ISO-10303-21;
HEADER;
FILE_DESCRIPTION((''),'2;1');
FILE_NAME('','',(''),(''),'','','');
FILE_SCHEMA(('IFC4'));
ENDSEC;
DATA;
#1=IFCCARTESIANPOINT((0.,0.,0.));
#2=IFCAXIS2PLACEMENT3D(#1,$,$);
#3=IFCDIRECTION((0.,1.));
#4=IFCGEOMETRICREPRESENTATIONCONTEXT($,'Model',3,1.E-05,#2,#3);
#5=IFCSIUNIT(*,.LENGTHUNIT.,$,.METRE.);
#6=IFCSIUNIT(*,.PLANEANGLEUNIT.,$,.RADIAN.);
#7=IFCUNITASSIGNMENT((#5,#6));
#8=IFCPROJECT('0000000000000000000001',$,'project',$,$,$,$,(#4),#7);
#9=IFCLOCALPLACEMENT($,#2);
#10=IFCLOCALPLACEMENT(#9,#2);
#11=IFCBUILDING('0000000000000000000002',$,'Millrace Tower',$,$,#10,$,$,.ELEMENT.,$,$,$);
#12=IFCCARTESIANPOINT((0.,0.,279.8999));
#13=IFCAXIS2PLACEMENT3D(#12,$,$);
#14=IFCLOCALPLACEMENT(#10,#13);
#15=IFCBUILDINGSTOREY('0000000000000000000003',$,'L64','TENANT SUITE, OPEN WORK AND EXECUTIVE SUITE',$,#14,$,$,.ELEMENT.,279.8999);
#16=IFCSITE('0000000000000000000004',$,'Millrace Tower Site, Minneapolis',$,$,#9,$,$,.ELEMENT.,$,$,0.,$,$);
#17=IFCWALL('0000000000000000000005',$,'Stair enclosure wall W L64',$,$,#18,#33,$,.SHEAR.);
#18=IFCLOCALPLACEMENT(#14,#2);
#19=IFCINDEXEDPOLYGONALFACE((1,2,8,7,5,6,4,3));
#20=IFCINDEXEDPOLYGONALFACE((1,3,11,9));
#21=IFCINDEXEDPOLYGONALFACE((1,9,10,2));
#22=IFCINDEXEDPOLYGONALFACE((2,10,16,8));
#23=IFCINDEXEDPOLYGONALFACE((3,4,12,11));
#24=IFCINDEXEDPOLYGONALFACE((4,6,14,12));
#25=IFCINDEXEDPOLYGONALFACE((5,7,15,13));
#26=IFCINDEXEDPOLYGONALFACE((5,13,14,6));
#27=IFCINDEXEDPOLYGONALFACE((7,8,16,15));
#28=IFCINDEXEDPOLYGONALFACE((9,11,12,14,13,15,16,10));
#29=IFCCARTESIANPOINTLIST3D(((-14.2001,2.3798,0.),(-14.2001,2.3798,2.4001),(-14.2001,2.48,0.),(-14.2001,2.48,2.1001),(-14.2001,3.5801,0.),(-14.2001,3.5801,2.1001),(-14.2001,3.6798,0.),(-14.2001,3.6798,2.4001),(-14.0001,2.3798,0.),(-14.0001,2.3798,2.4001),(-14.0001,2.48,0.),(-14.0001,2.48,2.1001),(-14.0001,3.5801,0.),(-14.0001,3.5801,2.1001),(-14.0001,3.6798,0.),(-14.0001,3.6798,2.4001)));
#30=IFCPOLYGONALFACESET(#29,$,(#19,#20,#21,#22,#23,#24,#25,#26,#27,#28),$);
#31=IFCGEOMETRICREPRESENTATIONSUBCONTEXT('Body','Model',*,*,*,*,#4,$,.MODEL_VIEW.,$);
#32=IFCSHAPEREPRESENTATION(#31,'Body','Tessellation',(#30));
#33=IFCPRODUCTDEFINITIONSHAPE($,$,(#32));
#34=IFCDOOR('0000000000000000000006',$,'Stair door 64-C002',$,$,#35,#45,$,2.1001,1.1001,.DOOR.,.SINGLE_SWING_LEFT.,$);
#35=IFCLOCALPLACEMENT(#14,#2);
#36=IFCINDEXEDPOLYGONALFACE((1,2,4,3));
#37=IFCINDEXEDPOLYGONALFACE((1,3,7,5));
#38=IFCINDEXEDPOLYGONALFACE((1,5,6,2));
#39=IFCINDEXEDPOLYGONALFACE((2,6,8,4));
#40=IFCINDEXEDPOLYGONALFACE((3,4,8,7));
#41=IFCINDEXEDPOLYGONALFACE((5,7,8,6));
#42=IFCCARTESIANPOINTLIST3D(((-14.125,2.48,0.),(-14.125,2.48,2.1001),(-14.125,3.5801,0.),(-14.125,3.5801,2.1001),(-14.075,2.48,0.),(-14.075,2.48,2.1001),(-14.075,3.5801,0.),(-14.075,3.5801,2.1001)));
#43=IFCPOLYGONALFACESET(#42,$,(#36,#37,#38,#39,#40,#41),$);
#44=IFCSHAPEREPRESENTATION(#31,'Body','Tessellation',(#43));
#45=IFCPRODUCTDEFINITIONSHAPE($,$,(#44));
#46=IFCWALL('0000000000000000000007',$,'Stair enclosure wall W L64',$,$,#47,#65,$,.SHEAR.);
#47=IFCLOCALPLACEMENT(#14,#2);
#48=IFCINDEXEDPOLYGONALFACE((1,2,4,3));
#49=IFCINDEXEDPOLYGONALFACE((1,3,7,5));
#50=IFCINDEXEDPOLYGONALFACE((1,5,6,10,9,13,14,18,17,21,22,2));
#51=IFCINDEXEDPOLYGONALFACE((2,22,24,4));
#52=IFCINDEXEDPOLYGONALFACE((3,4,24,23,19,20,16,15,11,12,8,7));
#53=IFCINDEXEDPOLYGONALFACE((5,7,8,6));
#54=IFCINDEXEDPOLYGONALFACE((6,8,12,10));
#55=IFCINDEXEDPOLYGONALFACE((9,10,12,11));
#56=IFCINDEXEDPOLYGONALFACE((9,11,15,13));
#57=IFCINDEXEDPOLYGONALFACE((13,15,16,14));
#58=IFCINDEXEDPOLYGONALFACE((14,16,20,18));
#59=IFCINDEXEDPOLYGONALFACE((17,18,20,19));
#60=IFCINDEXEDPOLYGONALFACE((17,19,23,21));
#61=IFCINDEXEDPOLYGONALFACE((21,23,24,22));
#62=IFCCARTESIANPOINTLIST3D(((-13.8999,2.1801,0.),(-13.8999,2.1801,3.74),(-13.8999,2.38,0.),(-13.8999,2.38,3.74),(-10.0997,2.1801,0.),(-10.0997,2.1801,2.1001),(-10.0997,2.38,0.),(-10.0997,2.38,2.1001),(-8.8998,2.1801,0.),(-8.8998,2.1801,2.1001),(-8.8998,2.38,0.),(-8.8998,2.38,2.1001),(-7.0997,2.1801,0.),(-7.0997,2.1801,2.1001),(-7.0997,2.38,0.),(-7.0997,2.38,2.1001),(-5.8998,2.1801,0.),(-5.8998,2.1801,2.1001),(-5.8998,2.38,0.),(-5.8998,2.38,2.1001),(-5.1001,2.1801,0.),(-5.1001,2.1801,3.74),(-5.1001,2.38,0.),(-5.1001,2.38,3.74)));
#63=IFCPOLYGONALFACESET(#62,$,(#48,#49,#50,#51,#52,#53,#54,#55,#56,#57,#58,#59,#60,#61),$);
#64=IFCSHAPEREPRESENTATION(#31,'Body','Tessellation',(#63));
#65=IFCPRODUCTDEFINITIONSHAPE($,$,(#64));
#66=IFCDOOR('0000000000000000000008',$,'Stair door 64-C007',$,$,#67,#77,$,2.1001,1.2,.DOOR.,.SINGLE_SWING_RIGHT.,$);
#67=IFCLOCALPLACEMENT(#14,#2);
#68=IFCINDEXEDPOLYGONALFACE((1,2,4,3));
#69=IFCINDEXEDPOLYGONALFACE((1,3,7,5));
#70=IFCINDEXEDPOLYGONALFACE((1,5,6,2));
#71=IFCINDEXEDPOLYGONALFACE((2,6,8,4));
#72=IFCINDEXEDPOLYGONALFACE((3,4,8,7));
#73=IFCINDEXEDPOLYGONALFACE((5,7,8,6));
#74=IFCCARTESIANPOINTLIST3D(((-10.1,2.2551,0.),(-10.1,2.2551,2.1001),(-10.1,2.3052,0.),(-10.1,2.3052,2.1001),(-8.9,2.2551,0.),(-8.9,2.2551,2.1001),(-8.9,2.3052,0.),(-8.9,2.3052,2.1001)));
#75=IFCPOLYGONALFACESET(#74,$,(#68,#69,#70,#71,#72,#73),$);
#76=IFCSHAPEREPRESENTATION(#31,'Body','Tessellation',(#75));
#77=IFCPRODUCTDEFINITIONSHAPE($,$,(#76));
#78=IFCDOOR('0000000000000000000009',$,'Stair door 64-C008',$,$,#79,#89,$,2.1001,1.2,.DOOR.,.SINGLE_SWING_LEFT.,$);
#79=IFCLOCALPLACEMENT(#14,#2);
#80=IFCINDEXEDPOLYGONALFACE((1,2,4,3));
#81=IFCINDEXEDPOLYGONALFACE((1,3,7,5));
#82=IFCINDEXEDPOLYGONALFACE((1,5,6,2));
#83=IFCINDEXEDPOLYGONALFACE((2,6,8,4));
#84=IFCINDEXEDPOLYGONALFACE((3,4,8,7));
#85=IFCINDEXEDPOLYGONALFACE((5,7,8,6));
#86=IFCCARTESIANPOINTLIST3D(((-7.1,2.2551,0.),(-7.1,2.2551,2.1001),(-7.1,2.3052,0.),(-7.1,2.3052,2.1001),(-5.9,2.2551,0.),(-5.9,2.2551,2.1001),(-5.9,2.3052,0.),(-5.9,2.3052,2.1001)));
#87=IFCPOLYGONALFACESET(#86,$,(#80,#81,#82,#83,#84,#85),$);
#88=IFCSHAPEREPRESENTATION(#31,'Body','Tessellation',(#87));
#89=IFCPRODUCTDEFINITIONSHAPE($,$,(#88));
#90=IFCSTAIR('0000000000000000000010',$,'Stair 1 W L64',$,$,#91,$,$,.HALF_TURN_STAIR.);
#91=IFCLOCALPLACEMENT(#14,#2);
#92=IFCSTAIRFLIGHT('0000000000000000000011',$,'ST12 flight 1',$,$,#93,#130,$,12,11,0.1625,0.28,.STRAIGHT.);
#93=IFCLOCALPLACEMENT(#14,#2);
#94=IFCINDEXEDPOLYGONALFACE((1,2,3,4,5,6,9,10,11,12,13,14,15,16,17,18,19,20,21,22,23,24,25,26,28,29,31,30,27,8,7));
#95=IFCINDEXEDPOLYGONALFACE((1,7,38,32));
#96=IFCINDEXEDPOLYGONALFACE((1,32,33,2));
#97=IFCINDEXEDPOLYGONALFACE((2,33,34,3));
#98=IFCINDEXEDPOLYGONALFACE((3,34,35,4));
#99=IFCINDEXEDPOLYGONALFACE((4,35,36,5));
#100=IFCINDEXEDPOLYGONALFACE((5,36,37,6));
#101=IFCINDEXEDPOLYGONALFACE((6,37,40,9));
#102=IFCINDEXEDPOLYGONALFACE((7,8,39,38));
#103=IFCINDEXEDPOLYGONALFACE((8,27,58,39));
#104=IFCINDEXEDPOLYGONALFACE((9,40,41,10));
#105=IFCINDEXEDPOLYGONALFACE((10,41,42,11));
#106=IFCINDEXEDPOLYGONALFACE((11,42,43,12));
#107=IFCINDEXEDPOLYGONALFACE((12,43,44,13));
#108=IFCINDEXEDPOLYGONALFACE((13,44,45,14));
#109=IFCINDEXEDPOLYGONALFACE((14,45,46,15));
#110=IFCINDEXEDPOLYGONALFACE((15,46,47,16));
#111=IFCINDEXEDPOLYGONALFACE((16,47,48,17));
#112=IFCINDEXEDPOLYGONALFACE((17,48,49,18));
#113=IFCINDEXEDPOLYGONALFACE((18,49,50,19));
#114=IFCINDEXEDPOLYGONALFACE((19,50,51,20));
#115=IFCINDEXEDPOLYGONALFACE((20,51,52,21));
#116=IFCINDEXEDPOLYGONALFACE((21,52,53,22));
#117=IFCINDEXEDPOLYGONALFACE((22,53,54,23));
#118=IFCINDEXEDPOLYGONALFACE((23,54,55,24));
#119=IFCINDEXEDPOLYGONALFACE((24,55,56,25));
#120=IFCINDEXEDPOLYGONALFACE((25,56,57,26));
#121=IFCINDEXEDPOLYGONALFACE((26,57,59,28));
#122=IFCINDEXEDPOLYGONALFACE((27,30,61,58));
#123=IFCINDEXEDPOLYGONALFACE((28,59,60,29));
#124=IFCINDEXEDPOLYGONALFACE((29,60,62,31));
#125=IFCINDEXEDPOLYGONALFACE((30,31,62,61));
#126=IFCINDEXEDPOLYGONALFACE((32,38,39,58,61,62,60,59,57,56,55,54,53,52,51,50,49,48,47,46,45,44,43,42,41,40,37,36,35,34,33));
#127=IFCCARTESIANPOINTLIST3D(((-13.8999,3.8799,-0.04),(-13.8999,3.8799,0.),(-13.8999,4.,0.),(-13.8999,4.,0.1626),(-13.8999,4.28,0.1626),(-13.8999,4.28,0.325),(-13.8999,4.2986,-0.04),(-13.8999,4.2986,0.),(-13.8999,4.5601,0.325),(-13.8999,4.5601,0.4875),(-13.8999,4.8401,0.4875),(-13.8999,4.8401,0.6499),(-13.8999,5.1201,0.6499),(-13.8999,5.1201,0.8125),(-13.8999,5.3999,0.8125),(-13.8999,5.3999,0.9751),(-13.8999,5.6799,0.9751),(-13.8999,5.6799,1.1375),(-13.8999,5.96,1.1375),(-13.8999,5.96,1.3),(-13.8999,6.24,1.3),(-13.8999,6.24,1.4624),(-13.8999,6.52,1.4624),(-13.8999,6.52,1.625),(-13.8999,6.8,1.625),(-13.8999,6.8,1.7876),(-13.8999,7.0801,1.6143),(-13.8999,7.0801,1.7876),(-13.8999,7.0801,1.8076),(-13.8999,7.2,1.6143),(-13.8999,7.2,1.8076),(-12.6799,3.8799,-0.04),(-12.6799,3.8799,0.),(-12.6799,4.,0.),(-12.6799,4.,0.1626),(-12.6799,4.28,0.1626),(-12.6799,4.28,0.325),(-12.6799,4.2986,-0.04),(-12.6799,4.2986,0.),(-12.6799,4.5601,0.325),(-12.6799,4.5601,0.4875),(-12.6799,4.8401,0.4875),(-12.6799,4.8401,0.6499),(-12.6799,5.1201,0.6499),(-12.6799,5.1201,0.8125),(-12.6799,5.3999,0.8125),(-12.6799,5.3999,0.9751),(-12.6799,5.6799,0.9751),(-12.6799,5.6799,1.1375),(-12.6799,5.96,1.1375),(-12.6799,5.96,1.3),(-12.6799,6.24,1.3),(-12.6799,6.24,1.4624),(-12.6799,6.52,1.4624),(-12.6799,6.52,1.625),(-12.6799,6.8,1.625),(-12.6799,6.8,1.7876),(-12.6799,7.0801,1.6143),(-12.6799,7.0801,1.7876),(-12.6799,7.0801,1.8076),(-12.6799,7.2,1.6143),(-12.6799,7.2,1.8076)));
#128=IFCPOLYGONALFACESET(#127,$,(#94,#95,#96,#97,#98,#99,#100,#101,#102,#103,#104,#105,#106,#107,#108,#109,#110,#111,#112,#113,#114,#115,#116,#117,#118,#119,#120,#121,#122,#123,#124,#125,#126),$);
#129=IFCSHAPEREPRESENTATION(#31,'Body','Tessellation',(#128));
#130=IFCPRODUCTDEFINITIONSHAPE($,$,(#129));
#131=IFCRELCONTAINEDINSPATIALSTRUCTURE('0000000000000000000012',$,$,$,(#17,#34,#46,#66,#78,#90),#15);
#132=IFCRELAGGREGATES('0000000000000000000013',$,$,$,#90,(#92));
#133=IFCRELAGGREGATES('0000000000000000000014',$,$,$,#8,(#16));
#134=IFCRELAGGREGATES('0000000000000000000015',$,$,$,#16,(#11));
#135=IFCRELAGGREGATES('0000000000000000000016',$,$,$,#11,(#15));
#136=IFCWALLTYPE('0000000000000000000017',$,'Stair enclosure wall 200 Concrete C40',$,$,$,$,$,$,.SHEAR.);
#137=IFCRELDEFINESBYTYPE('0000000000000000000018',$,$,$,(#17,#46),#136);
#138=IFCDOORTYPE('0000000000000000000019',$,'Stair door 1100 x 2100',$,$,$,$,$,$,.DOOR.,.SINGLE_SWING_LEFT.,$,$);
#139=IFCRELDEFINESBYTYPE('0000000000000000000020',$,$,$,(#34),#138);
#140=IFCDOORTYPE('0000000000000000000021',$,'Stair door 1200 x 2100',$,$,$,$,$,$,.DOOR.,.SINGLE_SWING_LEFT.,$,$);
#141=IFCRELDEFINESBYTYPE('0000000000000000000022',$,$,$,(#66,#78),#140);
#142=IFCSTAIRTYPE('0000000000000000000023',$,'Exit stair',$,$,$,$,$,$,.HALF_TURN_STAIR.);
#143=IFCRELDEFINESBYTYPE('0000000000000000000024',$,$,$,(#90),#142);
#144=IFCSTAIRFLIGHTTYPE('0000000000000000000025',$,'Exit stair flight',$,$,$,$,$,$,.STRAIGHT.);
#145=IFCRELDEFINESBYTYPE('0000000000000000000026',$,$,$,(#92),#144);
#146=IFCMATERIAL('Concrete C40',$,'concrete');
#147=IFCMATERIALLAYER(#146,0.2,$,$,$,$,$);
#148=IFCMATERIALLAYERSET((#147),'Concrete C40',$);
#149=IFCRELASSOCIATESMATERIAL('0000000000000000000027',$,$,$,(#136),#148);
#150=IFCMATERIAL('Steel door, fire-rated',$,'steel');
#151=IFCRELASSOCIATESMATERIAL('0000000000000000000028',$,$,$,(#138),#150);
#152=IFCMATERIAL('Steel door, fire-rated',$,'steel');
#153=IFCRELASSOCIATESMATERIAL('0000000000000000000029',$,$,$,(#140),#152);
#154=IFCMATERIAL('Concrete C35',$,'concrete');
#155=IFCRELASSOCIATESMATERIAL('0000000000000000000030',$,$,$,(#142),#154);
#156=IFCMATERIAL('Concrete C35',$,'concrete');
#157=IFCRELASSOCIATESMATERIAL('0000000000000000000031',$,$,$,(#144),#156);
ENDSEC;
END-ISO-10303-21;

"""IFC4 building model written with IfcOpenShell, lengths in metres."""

from ifc_helpers import new_model, si_unit, direction, frame, frame_2d, origin, place, context, subcontext, project, spatial, polyline, rectangle, outline, extrude, material, layer, layer_set, type_object, element, fill, aggregate, save


model = new_model("IFC4")

# Units and contexts
model_context = context("Model", 3, precision=1e-05, world=origin(), true_north=direction((0.0, 1.0)))
body_context = subcontext(model_context, "Body", "Model", "MODEL_VIEW")
ifc_project = project(units=[si_unit("LENGTHUNIT", "METRE"), si_unit("PLANEANGLEUNIT", "RADIAN")], contexts=[model_context])

# Site, building, storey
site_placement = place(None, origin())
site = spatial("IfcSite", under=ifc_project, at=site_placement, Name="Millrace Tower Site, Minneapolis", CompositionType="ELEMENT", RefElevation=0.0)
building_placement = place(site_placement, origin())
building = spatial("IfcBuilding", under=site, at=building_placement, Name="Millrace Tower", CompositionType="ELEMENT")
storey_placement = place(building_placement, frame((0.0, 0.0, 279.8999)))
storey = spatial("IfcBuildingStorey", under=building, at=storey_placement, Name="L64", Description="TENANT SUITE, OPEN WORK AND EXECUTIVE SUITE", CompositionType="ELEMENT", Elevation=279.8999)

# Shared definitions
placement = place(storey_placement, origin())

# Wall, opening, door
ifc_material_1 = material(Name="Concrete C40", Category="concrete")
ifc_layer_1 = layer(ifc_material_1, 0.2)
ifc_layer_set_1 = layer_set([ifc_layer_1], Name="Concrete C40")
wall_type_1 = type_object("IfcWallType", Name="Stair enclosure wall 200 Concrete C40", PredefinedType="SHEAR", material=ifc_layer_set_1)
wall_1_placement = place(storey_placement, frame((-14.1001, 2.3799, 0.0), z_axis=(0.0, 0.0, 1.0), x_axis=(0.0, 1.0, 0.0)))
wall_1 = element("IfcWall", 1, at=wall_1_placement, inside=storey, type_object=wall_type_1, Name="Stair enclosure wall W L64", PredefinedType="SHEAR", context=body_context, shape_type="SweptSolid", body=[
    extrude(rectangle(XDim=1.3, YDim=0.2, at=frame_2d((0.6499, 0.0))), origin(), (0.0, 0.0, 1.0), 2.4001),
])
opening_1_placement = place(wall_1_placement, frame((0.1001, 0.0, 0.0)))
opening_1 = element("IfcOpeningElement", 2, at=opening_1_placement, cuts=wall_1, PredefinedType="OPENING", context=body_context, shape_type="SweptSolid", body=[
    extrude(rectangle(XDim=1.1001, YDim=2.1001, at=frame_2d((0.55, 1.05))), frame((0.0, 0.1099, 0.0), z_axis=(0.0, -1.0, 0.0), x_axis=(1.0, 0.0, 0.0)), (0.0, 0.0, 1.0), 0.22),
])
ifc_material_2 = material(Name="Steel door, fire-rated", Category="steel")
door_type_1 = type_object("IfcDoorType", Name="Stair door 1100 x 2100", OperationType="SINGLE_SWING_LEFT", PredefinedType="DOOR", material=ifc_material_2)
door_1_placement = place(opening_1_placement, origin())
door_1 = element("IfcDoor", 3, at=door_1_placement, inside=storey, type_object=door_type_1, Name="Stair door 64-C002", OperationType="SINGLE_SWING_LEFT", OverallHeight=2.1001, OverallWidth=1.1001, PredefinedType="DOOR", context=body_context, shape_type="SweptSolid", body=[
    extrude(rectangle(XDim=1.1001, YDim=2.1001, at=frame_2d((0.55, 1.05))), frame((0.0, 0.0249, 0.0), z_axis=(0.0, -1.0, 0.0), x_axis=(1.0, 0.0, 0.0)), (0.0, 0.0, 1.0), 0.05),
])
fill(opening_1, door_1)

# Wall, openings, doors
wall_2_placement = place(storey_placement, frame((-13.8999, 2.28, 0.0), z_axis=(0.0, 0.0, 1.0), x_axis=(1.0, 0.0, 0.0)))
wall_2 = element("IfcWall", 4, at=wall_2_placement, inside=storey, type_object=wall_type_1, Name="Stair enclosure wall W L64", PredefinedType="SHEAR", context=body_context, shape_type="SweptSolid", body=[
    extrude(rectangle(XDim=8.7998, YDim=0.2, at=frame_2d((4.3999, 0.0))), origin(), (0.0, 0.0, 1.0), 3.74),
])
opening_2_placement = place(wall_2_placement, frame((3.8, 0.0, 0.0)))
opening_2 = element("IfcOpeningElement", 5, at=opening_2_placement, cuts=wall_2, PredefinedType="OPENING", context=body_context, shape_type="SweptSolid", body=[
    extrude(rectangle(XDim=1.2, YDim=2.1001, at=frame_2d((0.6001, 1.05))), frame((0.0, 0.1099, 0.0), z_axis=(0.0, -1.0, 0.0), x_axis=(1.0, 0.0, 0.0)), (0.0, 0.0, 1.0), 0.22),
])
opening_3_placement = place(wall_2_placement, frame((6.8, 0.0, 0.0)))
opening_3 = element("IfcOpeningElement", 6, at=opening_3_placement, cuts=wall_2, PredefinedType="OPENING", context=body_context, shape_type="SweptSolid", body=[
    extrude(rectangle(XDim=1.2, YDim=2.1001, at=frame_2d((0.6001, 1.05))), frame((0.0, 0.1099, 0.0), z_axis=(0.0, -1.0, 0.0), x_axis=(1.0, 0.0, 0.0)), (0.0, 0.0, 1.0), 0.22),
])
ifc_material_3 = material(Name="Steel door, fire-rated", Category="steel")
door_type_2 = type_object("IfcDoorType", Name="Stair door 1200 x 2100", OperationType="SINGLE_SWING_LEFT", PredefinedType="DOOR", material=ifc_material_3)
door_2_placement = place(opening_2_placement, frame((1.2, 0.0, 0.0), z_axis=(0.0, 0.0, 1.0), x_axis=(-1.0, 0.0, 0.0)))
door_2 = element("IfcDoor", 7, at=door_2_placement, inside=storey, type_object=door_type_2, Name="Stair door 64-C007", OperationType="SINGLE_SWING_RIGHT", OverallHeight=2.1001, OverallWidth=1.2, PredefinedType="DOOR", context=body_context, shape_type="SweptSolid", body=[
    extrude(rectangle(XDim=1.2, YDim=2.1001, at=frame_2d((0.6001, 1.05))), frame((0.0, 0.0249, 0.0), z_axis=(0.0, -1.0, 0.0), x_axis=(1.0, 0.0, 0.0)), (0.0, 0.0, 1.0), 0.05),
])
fill(opening_2, door_2)
door_3_placement = place(opening_3_placement, frame((1.2, 0.0, 0.0), z_axis=(0.0, 0.0, 1.0), x_axis=(-1.0, 0.0, 0.0)))
door_3 = element("IfcDoor", 8, at=door_3_placement, inside=storey, type_object=door_type_2, Name="Stair door 64-C008", OperationType="SINGLE_SWING_LEFT", OverallHeight=2.1001, OverallWidth=1.2, PredefinedType="DOOR", context=body_context, shape_type="SweptSolid", body=[
    extrude(rectangle(XDim=1.2, YDim=2.1001, at=frame_2d((0.6001, 1.05))), frame((0.0, 0.0249, 0.0), z_axis=(0.0, -1.0, 0.0), x_axis=(1.0, 0.0, 0.0)), (0.0, 0.0, 1.0), 0.05),
])
fill(opening_3, door_3)

# Stair, stair flight
ifc_material_4 = material(Name="Concrete C35", Category="concrete")
stair_type = type_object("IfcStairType", Name="Exit stair", PredefinedType="HALF_TURN_STAIR", material=ifc_material_4)
stair = element("IfcStair", 9, at=placement, inside=storey, type_object=stair_type, Name="Stair 1 W L64", PredefinedType="HALF_TURN_STAIR")
ifc_material_5 = material(Name="Concrete C35", Category="concrete")
stair_flight_type = type_object("IfcStairFlightType", Name="Exit stair flight", PredefinedType="STRAIGHT", material=ifc_material_5)
stair_flight_placement = place(storey_placement, frame((-13.29, 4.0, 0.0), z_axis=(0.0, 0.0, 1.0), x_axis=(0.0, 1.0, 0.0)))
stair_flight = element("IfcStairFlight", 10, at=stair_flight_placement, type_object=stair_flight_type, Name="ST12 flight 1", NumberOfRisers=12, NumberOfTreads=11, PredefinedType="STRAIGHT", RiserHeight=0.1625, TreadLength=0.28, context=body_context, shape_type="SweptSolid", body=[
    extrude(outline(polyline([(-0.1201, -0.04), (-0.1201, 0.0), (0.0, 0.0), (0.0, 0.1626), (0.28, 0.1626), (0.28, 0.325), (0.5601, 0.325), (0.5601, 0.4875), (0.8401, 0.4875), (0.8401, 0.6499), (1.1201, 0.6499), (1.1201, 0.8125), (1.3999, 0.8125), (1.3999, 0.9751), (1.6799, 0.9751), (1.6799, 1.1375), (1.96, 1.1375), (1.96, 1.3), (2.24, 1.3), (2.24, 1.4624), (2.52, 1.4624), (2.52, 1.625), (2.8, 1.625), (2.8, 1.7876), (3.0801, 1.7876), (3.0801, 1.8076), (3.2, 1.8076), (3.2, 1.6143), (3.0801, 1.6143), (0.2986, 0.0), (0.2986, -0.04), (-0.1201, -0.04)])), frame((0.0, 0.6099, 0.0), z_axis=(0.0, -1.0, 0.0), x_axis=(1.0, 0.0, 0.0)), (0.0, 0.0, 1.0), 1.22),
])
aggregate(stair, [stair_flight])

save(model, "model.ifc")
